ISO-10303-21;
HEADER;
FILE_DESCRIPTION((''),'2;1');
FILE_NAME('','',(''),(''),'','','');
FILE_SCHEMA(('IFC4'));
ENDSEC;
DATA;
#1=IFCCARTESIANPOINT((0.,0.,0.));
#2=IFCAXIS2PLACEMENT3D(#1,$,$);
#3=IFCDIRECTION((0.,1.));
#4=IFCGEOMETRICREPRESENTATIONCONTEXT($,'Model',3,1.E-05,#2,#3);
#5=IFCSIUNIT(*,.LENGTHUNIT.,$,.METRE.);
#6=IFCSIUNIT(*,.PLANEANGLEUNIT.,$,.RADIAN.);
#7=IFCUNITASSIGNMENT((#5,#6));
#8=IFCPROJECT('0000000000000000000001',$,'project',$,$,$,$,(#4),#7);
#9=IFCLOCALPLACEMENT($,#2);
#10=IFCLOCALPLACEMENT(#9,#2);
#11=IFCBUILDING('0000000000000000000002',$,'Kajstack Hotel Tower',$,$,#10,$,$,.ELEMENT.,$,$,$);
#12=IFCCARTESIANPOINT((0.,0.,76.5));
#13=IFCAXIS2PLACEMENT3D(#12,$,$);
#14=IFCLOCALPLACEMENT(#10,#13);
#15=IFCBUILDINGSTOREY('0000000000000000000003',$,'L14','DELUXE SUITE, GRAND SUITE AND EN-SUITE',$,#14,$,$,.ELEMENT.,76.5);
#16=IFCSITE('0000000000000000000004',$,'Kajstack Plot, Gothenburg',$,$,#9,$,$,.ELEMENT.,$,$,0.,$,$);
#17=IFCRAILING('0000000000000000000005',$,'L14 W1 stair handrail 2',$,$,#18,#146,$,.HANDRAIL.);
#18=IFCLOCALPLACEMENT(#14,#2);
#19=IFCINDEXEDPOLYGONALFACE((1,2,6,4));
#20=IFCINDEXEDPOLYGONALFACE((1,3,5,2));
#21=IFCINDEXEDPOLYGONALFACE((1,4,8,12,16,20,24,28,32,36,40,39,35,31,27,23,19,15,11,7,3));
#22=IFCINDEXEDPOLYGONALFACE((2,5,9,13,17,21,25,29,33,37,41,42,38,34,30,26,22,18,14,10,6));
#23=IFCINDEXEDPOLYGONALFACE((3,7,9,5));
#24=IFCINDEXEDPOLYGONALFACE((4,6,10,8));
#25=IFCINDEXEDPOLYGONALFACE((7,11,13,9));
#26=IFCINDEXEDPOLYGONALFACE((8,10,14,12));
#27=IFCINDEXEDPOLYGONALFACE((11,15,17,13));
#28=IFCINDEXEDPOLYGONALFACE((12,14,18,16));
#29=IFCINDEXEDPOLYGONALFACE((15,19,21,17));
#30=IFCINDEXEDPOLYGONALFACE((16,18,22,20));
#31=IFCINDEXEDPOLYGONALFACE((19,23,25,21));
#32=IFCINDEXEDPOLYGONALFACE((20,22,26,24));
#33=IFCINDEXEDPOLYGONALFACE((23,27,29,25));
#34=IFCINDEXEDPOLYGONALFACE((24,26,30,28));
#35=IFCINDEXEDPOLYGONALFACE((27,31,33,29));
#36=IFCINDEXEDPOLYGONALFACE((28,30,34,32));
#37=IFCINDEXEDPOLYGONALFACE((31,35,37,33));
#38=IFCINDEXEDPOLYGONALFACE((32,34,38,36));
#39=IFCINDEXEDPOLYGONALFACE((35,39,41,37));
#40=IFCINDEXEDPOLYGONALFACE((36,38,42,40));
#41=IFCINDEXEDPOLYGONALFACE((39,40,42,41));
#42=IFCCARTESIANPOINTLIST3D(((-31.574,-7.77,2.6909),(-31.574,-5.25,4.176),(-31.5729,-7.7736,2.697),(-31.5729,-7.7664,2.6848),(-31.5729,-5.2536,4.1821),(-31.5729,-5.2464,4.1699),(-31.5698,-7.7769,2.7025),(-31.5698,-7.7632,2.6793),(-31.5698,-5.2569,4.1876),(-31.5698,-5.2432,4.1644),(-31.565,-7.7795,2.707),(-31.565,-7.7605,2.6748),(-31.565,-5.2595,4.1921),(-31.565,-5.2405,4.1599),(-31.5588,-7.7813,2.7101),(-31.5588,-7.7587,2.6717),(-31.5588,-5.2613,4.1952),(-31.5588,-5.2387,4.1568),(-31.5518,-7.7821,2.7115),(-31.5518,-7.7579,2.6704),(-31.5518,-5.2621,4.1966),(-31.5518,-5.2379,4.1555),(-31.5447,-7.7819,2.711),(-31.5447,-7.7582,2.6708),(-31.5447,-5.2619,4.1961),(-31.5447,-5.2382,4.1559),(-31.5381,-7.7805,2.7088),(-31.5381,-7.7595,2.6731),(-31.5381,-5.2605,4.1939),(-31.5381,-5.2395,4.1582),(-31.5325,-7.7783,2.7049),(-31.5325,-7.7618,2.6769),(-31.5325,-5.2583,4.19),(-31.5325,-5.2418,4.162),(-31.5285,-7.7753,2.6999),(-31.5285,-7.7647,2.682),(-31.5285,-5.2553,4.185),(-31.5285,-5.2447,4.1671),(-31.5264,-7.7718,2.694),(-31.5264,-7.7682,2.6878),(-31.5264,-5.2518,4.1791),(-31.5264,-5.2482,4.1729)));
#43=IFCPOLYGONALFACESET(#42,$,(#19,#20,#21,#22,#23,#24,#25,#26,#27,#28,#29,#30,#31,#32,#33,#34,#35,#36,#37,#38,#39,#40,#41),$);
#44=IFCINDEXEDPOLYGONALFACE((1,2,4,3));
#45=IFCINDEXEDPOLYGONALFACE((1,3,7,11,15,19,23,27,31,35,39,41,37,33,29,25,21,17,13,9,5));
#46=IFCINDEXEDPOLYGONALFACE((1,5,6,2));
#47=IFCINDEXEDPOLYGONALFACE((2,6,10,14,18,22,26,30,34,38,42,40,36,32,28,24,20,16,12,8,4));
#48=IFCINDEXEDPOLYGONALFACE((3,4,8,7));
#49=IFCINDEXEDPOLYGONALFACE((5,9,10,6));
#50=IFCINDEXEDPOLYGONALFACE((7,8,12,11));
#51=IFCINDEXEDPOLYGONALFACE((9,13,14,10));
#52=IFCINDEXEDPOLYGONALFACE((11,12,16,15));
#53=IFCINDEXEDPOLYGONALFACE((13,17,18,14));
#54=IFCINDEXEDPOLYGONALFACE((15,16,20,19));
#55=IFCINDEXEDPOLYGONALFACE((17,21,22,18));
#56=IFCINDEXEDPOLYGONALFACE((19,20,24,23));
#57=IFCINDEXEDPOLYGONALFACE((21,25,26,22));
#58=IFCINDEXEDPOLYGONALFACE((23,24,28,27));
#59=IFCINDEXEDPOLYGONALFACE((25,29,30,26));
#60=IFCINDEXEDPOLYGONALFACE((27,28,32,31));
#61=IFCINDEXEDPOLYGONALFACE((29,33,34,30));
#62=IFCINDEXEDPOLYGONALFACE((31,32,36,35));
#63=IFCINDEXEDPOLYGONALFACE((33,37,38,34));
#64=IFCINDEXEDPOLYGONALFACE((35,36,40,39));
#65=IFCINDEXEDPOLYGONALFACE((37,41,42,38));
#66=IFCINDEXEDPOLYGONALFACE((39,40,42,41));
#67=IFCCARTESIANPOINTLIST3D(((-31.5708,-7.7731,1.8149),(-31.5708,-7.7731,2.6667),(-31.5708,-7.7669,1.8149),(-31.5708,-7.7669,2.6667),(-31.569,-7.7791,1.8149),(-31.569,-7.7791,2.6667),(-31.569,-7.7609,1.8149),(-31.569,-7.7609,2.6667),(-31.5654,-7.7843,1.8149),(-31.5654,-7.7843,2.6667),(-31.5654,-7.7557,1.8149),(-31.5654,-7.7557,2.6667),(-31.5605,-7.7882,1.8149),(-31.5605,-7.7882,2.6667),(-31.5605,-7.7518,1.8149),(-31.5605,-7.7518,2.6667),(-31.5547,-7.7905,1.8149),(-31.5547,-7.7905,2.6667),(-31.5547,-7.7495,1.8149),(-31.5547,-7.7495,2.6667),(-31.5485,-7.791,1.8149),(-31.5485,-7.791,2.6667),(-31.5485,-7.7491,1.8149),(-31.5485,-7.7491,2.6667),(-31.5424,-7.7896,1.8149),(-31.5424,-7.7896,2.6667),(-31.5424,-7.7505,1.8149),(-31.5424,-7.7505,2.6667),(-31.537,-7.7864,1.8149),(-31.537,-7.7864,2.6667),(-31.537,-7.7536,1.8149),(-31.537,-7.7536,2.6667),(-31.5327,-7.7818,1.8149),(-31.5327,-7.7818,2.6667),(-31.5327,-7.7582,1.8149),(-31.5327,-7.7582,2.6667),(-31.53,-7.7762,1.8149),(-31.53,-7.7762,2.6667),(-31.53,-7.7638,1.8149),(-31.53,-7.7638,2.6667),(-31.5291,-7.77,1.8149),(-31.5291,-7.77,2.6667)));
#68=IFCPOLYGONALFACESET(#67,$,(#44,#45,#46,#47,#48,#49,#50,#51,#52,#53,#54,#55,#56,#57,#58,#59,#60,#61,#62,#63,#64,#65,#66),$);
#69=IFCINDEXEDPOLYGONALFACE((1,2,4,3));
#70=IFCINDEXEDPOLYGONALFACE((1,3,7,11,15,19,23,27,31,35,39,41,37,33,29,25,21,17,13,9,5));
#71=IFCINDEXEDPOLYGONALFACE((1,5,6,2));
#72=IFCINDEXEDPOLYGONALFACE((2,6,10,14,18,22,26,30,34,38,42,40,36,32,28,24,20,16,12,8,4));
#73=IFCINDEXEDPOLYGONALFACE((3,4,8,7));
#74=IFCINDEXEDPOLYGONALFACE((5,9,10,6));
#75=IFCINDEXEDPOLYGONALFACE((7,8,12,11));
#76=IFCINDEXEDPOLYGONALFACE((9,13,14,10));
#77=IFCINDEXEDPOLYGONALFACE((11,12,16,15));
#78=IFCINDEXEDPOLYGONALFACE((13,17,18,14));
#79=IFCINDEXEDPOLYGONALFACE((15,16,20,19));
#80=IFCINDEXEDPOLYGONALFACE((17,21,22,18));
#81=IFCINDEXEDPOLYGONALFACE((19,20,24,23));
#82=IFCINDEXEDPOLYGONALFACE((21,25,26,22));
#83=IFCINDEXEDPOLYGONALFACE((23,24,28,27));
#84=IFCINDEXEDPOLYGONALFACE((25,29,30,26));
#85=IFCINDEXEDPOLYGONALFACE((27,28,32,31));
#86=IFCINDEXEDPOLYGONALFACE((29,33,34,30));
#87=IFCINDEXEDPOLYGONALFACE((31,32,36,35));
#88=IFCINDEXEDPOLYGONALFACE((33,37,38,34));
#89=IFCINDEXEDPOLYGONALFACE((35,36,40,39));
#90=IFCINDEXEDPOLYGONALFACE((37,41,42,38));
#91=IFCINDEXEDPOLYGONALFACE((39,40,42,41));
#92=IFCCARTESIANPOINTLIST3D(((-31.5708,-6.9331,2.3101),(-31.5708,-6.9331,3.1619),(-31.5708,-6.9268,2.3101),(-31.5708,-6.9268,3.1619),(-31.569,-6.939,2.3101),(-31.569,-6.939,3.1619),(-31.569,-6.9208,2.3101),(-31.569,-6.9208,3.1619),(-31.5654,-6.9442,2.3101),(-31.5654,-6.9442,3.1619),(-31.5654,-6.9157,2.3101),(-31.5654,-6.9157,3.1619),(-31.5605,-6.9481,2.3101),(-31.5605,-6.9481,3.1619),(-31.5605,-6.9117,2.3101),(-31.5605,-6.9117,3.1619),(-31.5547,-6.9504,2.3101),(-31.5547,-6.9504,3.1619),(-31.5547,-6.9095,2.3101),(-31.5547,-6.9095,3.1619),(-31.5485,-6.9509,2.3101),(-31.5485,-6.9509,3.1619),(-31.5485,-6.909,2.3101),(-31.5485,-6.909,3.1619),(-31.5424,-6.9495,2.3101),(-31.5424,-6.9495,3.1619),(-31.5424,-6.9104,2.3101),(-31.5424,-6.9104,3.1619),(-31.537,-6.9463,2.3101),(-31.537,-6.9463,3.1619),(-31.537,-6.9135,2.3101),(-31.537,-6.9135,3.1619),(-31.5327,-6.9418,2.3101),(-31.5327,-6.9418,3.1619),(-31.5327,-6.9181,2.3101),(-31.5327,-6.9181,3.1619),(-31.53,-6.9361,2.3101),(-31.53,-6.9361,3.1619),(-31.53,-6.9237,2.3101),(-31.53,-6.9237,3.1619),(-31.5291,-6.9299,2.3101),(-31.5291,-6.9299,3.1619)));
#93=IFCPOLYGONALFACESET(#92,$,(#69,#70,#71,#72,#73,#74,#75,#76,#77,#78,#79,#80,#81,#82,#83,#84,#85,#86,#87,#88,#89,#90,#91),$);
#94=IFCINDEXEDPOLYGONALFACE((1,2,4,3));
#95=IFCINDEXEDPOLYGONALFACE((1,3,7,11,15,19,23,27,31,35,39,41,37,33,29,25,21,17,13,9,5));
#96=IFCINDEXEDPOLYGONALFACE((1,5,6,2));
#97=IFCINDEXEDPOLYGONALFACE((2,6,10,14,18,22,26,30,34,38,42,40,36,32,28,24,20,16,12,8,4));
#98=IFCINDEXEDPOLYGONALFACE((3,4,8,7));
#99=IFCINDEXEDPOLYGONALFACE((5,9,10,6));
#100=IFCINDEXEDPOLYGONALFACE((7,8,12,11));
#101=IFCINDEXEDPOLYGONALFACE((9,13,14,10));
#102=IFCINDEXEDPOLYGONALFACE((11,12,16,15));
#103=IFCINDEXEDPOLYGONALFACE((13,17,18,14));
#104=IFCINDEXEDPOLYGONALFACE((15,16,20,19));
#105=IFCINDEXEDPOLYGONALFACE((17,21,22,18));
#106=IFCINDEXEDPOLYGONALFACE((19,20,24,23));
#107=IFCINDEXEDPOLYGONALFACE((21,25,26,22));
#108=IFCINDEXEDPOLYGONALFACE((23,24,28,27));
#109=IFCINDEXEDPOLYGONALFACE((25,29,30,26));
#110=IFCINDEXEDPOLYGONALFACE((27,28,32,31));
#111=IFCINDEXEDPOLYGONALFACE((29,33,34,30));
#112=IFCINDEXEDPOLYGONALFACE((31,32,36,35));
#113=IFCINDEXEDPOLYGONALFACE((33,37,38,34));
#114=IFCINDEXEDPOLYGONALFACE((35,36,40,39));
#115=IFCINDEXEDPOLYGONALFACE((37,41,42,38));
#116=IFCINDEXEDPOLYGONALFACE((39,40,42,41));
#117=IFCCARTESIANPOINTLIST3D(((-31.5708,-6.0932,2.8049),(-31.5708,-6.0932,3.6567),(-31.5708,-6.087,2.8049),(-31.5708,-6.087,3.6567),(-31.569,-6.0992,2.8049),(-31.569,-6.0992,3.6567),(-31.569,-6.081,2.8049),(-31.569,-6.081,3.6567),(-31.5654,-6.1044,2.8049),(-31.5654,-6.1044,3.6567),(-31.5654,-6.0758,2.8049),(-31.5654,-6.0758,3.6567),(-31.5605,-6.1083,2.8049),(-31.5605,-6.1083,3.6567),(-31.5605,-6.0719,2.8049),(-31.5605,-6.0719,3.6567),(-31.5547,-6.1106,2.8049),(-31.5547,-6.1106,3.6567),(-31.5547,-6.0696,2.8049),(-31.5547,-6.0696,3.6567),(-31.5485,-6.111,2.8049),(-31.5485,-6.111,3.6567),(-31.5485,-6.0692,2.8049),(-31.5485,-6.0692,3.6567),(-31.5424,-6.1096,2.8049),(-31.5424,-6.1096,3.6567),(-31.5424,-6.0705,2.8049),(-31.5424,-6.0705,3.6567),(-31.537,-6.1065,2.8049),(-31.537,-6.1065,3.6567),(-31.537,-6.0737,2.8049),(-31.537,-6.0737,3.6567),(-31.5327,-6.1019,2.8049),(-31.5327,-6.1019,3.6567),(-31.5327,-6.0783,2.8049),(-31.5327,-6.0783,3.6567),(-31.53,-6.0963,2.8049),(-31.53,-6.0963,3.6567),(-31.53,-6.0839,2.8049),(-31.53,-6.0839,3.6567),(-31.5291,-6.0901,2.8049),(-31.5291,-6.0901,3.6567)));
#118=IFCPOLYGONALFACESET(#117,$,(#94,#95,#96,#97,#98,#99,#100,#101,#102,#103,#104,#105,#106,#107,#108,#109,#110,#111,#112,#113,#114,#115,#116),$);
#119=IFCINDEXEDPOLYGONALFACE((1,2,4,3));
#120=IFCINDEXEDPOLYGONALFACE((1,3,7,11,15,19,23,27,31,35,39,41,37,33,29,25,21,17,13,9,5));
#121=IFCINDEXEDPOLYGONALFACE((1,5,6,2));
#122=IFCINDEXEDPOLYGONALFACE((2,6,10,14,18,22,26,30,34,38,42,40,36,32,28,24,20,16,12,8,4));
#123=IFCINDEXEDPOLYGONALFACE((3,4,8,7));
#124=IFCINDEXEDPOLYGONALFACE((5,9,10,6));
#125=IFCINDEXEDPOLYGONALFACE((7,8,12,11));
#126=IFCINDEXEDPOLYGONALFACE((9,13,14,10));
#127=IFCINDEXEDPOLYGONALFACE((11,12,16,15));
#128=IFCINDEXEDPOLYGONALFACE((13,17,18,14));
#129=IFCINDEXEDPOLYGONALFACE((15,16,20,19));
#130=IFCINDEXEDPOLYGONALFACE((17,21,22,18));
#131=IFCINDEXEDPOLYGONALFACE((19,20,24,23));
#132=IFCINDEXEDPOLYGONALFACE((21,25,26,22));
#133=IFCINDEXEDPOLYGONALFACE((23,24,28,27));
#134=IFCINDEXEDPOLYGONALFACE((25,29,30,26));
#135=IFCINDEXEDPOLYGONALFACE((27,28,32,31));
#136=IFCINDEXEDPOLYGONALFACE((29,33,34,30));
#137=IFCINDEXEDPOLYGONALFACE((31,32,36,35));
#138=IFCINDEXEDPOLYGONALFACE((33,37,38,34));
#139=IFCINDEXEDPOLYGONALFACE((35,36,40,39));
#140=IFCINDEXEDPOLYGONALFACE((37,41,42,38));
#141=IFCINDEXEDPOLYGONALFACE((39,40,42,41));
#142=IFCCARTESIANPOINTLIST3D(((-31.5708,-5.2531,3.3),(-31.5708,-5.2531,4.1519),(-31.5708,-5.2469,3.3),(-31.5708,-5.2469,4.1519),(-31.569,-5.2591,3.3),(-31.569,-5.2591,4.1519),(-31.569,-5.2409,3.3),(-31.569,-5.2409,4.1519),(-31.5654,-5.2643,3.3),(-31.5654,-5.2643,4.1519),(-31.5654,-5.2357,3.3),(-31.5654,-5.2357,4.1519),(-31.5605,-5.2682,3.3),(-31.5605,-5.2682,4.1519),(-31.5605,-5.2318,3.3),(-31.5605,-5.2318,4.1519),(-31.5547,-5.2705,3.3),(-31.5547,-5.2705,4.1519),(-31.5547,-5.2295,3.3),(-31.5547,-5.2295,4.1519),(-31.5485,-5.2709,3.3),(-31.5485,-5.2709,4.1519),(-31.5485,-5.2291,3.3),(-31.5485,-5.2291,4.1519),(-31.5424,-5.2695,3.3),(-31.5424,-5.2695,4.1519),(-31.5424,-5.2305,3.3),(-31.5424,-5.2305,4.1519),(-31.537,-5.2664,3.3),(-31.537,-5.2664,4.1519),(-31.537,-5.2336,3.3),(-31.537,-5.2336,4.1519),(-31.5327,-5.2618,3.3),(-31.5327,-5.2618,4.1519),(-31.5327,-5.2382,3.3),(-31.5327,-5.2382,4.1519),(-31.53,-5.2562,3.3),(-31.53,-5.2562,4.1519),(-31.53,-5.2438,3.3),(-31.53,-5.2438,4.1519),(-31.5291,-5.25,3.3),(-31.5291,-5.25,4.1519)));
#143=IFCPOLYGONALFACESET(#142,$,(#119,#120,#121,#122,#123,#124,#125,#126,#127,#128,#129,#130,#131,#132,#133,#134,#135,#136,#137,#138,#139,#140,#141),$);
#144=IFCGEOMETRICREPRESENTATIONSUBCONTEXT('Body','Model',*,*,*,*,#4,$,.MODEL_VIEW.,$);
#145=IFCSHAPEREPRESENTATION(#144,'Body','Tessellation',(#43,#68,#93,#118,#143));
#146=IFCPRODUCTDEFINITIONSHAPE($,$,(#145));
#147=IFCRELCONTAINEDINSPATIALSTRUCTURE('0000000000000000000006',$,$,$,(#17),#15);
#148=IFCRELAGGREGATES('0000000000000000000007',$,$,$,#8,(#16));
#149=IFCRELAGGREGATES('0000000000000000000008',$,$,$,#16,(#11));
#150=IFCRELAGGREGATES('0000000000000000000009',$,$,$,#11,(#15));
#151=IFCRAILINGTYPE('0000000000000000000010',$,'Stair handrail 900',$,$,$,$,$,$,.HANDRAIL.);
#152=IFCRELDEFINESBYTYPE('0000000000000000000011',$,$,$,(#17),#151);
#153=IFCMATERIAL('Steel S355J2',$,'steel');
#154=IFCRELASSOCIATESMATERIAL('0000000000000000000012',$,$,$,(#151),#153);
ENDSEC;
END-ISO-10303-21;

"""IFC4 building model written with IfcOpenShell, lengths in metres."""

from ifc_helpers import new_model, si_unit, direction, frame, origin, origin_2d, place, context, subcontext, project, spatial, circle, extrude, material, type_object, element, save


model = new_model("IFC4")

# Units and contexts
model_context = context("Model", 3, precision=1e-05, world=origin(), true_north=direction((0.0, 1.0)))
body_context = subcontext(model_context, "Body", "Model", "MODEL_VIEW")
ifc_project = project(units=[si_unit("LENGTHUNIT", "METRE"), si_unit("PLANEANGLEUNIT", "RADIAN")], contexts=[model_context])

# Site, building, storey
site_placement = place(None, origin())
site = spatial("IfcSite", under=ifc_project, at=site_placement, Name="Kajstack Plot, Gothenburg", CompositionType="ELEMENT", RefElevation=0.0)
building_placement = place(site_placement, origin())
building = spatial("IfcBuilding", under=site, at=building_placement, Name="Kajstack Hotel Tower", CompositionType="ELEMENT")
storey_placement = place(building_placement, frame((0.0, 0.0, 76.5)))
storey = spatial("IfcBuildingStorey", under=building, at=storey_placement, Name="L14", Description="DELUXE SUITE, GRAND SUITE AND EN-SUITE", CompositionType="ELEMENT", Elevation=76.5)

# Railing
ifc_material_1 = material(Name="Steel S355J2", Category="steel")
railing_type = type_object("IfcRailingType", Name="Stair handrail 900", PredefinedType="HANDRAIL", material=ifc_material_1)
railing_1_placement = place(storey_placement, frame((-31.55, -7.77, 1.8149)))
element("IfcRailing", 1, at=railing_1_placement, inside=storey, type_object=railing_type, Name="L14 W1 stair handrail 2", PredefinedType="HANDRAIL", context=body_context, shape_type="SweptSolid", body=[
    extrude(circle(Radius=0.0239, at=origin_2d()), frame((0.0, 0.0, 0.876), z_axis=(0.0, 0.861524, 0.507717), x_axis=(-1.0, 0.0, 0.0)), (0.0, 0.0, 1.0), 2.925),
    extrude(circle(Radius=0.021, at=origin_2d()), origin(), (0.0, 0.0, 1.0), 0.8518),
    extrude(circle(Radius=0.021, at=origin_2d()), frame((0.0, 0.8401, 0.4951)), (0.0, 0.0, 1.0), 0.8518),
    extrude(circle(Radius=0.021, at=origin_2d()), frame((0.0, 1.6799, 0.99)), (0.0, 0.0, 1.0), 0.8518),
    extrude(circle(Radius=0.021, at=origin_2d()), frame((0.0, 2.52, 1.4851)), (0.0, 0.0, 1.0), 0.8518),
])

save(model, "model.ifc")
